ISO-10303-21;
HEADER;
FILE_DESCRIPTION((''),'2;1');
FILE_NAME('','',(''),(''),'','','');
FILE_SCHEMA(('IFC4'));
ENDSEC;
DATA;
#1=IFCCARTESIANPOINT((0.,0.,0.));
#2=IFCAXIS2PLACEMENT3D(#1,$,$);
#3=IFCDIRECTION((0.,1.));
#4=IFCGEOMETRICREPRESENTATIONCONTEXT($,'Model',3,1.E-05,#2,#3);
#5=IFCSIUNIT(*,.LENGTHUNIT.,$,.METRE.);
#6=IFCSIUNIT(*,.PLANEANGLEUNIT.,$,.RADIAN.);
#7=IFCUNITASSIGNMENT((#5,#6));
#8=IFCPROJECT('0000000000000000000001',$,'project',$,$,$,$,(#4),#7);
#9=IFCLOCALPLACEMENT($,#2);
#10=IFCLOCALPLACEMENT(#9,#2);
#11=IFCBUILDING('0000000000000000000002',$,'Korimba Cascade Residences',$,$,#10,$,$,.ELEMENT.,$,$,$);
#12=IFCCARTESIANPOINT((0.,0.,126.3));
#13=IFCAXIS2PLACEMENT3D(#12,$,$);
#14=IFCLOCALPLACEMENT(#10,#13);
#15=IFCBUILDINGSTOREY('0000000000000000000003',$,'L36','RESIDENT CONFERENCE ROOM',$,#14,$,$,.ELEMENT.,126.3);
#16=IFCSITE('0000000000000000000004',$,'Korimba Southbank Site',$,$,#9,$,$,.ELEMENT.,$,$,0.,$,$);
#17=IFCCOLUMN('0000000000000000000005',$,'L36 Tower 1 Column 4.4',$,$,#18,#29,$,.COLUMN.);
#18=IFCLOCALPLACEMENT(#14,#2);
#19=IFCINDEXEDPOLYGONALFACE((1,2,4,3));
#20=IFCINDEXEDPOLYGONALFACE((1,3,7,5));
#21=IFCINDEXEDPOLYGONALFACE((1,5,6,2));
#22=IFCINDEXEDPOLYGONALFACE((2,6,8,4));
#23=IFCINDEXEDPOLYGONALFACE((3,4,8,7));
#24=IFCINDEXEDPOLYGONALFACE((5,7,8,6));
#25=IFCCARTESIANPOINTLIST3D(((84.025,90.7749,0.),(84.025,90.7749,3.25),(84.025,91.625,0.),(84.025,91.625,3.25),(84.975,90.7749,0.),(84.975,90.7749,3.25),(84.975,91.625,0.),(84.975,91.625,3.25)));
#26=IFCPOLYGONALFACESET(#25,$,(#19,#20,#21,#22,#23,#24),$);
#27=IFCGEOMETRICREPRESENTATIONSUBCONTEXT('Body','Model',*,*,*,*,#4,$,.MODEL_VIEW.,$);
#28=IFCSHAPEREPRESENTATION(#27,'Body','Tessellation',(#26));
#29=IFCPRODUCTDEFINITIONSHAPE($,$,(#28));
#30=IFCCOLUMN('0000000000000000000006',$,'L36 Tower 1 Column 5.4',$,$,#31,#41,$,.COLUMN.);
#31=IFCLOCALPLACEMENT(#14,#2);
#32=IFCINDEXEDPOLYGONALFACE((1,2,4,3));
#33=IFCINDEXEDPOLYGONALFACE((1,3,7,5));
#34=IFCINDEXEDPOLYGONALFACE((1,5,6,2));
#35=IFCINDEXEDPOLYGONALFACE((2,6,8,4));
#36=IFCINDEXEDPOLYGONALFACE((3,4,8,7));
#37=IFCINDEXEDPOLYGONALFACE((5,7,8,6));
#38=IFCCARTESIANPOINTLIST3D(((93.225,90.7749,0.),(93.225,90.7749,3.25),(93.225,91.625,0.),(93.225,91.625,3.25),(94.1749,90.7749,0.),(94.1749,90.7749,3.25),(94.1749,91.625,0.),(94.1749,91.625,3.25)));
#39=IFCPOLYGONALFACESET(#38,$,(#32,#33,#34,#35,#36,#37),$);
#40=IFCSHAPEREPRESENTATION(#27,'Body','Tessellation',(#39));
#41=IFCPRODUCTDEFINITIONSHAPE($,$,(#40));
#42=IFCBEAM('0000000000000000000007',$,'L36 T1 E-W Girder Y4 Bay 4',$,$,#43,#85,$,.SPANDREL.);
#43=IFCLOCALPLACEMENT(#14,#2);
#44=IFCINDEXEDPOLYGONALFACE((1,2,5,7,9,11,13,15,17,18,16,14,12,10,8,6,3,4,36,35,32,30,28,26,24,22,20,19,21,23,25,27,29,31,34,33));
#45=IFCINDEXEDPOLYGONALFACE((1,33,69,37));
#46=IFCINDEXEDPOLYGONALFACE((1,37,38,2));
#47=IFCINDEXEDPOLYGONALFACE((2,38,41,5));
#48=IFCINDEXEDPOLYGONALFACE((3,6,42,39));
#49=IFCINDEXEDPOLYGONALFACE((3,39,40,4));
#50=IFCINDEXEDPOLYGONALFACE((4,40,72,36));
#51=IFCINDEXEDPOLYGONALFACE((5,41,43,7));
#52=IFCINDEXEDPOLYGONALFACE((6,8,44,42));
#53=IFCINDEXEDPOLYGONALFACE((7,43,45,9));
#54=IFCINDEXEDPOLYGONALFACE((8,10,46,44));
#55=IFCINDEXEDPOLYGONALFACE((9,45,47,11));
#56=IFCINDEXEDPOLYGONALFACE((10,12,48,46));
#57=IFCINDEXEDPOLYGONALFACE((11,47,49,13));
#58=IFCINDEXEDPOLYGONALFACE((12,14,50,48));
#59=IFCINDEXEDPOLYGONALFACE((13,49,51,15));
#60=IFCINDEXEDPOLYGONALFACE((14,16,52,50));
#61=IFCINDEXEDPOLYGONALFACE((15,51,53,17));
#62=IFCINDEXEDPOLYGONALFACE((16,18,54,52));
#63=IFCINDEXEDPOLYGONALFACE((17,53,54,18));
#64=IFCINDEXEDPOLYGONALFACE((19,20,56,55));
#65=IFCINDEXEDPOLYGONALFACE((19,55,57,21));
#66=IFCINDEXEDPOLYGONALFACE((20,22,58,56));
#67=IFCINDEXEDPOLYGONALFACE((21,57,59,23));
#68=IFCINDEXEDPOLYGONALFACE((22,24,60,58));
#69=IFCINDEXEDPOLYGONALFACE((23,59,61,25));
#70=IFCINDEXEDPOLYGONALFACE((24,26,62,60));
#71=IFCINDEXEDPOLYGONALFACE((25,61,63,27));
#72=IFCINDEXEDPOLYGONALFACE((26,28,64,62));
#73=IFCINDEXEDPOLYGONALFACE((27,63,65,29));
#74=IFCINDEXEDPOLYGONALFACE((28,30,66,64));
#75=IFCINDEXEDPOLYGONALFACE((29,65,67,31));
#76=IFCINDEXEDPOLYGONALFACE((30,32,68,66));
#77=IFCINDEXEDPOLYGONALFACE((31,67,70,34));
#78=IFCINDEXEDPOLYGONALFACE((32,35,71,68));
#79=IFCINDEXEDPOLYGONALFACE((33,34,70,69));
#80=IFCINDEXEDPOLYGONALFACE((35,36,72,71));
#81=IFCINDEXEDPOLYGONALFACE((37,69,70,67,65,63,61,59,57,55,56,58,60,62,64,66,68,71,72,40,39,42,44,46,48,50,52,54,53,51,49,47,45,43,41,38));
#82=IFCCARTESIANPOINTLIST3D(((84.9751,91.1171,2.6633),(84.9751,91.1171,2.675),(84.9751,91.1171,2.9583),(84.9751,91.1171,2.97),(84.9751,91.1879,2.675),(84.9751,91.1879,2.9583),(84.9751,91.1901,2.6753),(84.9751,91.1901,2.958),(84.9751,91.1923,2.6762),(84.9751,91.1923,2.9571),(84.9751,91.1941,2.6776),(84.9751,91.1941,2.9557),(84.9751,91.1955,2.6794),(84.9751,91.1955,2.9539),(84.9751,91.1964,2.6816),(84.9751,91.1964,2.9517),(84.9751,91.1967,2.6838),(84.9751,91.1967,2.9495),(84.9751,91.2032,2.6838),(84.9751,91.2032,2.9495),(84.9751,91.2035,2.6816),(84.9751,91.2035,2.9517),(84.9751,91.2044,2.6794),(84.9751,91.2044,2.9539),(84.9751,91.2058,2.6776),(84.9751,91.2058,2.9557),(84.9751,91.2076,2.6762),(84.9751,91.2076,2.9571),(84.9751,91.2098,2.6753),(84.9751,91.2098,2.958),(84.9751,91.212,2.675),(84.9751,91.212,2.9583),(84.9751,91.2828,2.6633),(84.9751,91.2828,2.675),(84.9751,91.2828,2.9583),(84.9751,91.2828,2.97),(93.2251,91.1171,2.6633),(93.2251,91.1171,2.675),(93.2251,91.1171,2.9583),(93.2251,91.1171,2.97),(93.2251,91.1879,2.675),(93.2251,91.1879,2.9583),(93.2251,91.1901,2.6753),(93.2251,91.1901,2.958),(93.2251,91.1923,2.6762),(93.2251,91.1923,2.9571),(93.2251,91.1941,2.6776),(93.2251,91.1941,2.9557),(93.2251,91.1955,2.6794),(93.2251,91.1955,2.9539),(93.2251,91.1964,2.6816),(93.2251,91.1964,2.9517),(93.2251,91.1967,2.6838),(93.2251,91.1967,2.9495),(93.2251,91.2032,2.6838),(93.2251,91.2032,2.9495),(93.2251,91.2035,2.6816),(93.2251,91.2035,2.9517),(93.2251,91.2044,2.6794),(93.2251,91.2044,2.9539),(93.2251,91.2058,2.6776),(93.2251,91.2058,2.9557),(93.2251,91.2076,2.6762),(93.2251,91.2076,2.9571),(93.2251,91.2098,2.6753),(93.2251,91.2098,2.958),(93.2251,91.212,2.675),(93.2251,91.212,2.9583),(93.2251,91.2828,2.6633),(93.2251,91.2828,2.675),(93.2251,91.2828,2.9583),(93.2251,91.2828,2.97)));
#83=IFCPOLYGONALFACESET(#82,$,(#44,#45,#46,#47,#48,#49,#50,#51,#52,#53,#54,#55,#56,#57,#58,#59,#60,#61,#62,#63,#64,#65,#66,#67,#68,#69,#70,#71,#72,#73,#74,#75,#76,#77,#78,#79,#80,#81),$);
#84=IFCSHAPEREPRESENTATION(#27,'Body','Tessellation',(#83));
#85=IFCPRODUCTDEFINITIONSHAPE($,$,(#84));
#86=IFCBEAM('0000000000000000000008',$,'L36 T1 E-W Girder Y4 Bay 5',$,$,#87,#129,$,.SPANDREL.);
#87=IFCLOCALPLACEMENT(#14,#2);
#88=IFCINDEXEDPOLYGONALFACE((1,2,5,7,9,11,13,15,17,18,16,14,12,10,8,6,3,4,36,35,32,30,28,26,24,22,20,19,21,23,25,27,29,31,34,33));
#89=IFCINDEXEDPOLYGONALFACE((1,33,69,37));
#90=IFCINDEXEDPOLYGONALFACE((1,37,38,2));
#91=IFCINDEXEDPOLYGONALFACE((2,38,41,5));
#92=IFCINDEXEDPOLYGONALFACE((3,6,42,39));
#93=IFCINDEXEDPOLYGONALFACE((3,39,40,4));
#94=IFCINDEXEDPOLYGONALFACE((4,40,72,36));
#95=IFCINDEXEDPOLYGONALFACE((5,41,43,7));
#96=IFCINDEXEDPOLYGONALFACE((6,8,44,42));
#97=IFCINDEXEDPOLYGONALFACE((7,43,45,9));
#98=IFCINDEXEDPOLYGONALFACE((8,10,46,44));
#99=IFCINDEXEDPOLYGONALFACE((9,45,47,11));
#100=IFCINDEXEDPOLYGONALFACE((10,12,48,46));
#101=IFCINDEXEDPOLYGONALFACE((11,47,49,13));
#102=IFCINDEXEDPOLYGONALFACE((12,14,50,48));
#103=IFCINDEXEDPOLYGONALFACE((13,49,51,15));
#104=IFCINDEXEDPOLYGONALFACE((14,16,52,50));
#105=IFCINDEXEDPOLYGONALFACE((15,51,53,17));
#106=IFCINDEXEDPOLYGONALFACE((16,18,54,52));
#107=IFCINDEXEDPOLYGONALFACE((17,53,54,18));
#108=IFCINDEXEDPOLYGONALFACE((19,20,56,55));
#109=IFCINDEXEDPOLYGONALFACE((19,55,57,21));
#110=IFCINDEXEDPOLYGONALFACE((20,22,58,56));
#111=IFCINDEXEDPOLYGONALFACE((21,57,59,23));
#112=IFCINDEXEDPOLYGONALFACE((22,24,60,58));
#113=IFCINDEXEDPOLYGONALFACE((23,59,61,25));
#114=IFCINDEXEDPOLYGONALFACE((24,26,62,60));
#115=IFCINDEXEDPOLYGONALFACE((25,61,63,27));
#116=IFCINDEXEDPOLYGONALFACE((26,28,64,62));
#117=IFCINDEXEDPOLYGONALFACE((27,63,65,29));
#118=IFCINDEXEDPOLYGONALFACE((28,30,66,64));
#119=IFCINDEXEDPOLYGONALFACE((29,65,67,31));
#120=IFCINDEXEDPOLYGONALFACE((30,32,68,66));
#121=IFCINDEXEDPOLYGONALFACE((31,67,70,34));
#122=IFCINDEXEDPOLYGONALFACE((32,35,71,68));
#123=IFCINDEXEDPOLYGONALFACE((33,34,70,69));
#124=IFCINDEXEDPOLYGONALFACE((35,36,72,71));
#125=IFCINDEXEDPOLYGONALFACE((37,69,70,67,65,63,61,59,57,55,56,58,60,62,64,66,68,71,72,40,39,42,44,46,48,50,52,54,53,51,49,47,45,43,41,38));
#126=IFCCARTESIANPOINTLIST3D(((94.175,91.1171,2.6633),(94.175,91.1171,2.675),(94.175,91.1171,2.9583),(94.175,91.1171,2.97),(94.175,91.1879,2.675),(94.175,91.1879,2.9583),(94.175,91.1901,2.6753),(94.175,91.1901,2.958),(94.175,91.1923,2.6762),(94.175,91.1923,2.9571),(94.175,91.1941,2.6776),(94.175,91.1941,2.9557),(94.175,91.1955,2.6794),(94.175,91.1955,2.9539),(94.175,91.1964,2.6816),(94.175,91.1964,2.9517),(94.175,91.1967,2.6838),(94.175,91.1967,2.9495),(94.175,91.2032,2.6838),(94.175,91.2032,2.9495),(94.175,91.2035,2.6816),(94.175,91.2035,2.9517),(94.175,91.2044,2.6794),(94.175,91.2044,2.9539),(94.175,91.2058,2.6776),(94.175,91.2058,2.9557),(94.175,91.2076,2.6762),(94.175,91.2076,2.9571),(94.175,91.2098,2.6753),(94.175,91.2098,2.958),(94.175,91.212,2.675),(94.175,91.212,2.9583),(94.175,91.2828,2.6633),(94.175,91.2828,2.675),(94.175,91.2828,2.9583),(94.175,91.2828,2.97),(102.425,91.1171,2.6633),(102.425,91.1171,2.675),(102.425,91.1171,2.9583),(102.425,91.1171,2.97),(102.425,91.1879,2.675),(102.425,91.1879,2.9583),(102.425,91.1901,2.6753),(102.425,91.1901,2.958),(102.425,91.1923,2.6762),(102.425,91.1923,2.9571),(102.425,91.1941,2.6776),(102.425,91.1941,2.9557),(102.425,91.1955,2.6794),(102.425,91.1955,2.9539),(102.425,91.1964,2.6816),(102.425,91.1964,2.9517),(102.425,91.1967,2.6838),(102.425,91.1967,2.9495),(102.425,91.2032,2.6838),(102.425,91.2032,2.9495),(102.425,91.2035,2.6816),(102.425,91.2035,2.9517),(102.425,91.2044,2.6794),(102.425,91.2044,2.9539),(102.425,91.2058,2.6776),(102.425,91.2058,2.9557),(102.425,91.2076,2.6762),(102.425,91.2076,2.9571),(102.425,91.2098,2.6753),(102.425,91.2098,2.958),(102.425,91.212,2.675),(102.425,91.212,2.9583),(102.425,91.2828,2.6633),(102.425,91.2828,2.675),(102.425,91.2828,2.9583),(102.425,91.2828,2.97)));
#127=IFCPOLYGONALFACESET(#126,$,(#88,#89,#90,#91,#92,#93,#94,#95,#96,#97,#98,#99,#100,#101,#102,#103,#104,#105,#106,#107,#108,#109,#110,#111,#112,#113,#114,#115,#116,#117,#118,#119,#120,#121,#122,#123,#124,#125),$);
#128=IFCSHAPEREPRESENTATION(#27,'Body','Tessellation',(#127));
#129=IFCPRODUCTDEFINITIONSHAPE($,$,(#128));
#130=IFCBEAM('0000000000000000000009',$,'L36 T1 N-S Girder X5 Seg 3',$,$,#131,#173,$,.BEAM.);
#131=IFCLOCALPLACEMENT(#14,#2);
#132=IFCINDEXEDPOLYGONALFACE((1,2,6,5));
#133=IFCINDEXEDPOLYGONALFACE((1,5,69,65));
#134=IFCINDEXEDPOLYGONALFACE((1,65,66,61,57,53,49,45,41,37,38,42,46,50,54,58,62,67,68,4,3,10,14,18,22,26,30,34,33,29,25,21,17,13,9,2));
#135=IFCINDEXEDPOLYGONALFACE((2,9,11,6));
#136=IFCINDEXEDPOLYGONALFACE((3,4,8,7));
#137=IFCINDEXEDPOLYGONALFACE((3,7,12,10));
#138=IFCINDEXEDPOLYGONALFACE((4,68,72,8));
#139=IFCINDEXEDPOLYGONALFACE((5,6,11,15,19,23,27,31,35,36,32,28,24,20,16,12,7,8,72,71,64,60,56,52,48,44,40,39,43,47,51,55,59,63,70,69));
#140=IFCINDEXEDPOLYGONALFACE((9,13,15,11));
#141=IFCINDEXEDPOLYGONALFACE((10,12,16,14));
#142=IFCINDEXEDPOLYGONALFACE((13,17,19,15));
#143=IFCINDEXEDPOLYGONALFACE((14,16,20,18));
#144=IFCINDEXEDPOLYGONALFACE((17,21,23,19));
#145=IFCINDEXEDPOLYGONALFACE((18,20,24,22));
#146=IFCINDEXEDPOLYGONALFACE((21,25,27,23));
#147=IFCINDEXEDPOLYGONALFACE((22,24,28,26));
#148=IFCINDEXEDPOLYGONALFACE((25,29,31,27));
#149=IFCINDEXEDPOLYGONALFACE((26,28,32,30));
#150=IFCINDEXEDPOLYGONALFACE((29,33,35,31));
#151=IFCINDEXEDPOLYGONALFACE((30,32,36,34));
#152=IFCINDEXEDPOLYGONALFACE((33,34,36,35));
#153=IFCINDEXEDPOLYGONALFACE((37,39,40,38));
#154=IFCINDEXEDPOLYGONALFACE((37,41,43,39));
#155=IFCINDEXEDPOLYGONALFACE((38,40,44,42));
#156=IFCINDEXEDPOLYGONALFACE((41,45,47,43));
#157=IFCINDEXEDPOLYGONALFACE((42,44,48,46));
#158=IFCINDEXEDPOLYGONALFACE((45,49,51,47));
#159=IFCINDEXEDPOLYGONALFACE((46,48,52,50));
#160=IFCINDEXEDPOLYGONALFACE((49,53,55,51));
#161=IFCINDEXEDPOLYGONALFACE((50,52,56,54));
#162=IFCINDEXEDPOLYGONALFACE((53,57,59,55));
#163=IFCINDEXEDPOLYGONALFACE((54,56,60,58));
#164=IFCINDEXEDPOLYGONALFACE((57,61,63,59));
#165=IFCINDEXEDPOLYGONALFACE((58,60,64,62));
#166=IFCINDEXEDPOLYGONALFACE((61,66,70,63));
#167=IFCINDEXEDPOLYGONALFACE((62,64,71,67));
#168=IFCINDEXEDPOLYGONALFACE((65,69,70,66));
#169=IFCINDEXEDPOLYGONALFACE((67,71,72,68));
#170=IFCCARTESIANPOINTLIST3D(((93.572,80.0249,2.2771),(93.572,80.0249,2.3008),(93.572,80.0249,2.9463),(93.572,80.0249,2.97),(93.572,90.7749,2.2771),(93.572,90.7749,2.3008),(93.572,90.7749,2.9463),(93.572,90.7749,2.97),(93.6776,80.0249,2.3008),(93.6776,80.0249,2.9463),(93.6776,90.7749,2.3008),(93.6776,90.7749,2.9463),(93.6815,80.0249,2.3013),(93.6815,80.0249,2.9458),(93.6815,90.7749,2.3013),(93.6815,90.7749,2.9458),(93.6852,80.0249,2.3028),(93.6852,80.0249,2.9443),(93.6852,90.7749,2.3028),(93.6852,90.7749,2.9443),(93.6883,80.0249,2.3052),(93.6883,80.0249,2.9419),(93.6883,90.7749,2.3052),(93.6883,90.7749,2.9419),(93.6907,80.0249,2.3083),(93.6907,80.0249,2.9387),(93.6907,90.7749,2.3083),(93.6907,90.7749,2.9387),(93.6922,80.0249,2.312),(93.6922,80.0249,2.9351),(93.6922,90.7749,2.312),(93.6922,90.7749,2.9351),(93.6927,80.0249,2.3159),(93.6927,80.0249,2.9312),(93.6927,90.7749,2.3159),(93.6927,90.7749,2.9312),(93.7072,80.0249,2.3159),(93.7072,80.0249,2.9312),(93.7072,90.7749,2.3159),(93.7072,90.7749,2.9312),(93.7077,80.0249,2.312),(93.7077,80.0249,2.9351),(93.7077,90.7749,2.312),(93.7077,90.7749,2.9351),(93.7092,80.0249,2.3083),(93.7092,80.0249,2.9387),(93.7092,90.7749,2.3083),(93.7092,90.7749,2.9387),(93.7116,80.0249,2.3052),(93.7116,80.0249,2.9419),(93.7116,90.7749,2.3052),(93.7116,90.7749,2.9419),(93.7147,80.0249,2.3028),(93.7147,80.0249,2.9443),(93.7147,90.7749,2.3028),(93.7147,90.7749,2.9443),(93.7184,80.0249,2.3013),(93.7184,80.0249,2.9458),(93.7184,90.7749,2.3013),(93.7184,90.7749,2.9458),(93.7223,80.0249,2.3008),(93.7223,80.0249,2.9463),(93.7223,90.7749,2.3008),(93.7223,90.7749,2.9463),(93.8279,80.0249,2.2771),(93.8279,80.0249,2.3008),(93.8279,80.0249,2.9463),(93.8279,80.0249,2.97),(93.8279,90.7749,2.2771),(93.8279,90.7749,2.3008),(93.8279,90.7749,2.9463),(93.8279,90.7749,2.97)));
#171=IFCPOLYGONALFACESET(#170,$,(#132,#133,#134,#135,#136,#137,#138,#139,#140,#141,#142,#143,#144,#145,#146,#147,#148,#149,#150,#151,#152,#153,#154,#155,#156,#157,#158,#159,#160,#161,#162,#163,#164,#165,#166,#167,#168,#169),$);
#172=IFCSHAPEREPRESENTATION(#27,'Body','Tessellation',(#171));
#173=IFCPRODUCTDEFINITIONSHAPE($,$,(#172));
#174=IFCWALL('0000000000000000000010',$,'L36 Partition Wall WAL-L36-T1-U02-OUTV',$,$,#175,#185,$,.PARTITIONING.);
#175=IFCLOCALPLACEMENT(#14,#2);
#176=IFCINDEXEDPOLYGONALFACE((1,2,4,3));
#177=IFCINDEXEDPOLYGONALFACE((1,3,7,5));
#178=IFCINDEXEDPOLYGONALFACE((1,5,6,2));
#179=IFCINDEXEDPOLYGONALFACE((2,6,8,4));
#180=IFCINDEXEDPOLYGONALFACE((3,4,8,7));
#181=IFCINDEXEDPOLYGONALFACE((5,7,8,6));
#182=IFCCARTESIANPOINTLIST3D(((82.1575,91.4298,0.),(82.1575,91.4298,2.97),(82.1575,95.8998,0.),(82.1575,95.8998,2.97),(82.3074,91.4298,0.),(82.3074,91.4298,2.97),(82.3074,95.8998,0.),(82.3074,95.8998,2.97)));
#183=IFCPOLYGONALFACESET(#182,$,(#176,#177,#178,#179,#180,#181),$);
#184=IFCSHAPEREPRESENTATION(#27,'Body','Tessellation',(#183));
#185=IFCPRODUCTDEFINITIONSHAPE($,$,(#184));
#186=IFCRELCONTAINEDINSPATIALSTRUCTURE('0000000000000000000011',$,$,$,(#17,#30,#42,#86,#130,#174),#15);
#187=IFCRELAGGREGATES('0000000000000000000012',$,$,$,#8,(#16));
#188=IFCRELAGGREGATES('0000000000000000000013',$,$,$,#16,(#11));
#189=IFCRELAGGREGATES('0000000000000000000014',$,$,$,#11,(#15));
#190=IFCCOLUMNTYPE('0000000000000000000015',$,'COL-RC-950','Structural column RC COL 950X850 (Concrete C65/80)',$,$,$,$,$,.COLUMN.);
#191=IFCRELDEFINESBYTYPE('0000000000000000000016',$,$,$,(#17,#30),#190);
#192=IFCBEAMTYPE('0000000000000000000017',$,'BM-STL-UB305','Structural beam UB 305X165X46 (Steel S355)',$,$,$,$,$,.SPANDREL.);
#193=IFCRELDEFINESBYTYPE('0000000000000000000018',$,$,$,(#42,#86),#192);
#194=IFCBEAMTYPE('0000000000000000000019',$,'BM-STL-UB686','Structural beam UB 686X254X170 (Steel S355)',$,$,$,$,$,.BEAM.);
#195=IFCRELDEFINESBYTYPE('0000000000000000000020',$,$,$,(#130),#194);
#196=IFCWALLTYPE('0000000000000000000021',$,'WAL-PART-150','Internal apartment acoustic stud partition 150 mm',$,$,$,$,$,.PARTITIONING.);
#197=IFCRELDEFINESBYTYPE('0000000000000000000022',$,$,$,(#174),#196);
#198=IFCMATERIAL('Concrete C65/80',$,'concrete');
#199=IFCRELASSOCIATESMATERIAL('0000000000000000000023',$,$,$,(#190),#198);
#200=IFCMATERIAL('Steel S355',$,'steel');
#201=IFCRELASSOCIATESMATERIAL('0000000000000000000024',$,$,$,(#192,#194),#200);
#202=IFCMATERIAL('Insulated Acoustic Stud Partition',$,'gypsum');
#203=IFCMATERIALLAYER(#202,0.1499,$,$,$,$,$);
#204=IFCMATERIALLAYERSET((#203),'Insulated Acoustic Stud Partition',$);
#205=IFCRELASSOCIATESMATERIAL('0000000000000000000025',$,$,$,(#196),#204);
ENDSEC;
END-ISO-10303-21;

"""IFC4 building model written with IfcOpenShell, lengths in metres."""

from ifc_helpers import new_model, si_unit, direction, frame, frame_2d, origin, origin_2d, place, context, subcontext, project, spatial, rectangle, i_section, extrude, material, layer, layer_set, material_profile, profile_set, type_object, element, save


model = new_model("IFC4")

# Units and contexts
model_context = context("Model", 3, precision=1e-05, world=origin(), true_north=direction((0.0, 1.0)))
body_context = subcontext(model_context, "Body", "Model", "MODEL_VIEW")
ifc_project = project(units=[si_unit("LENGTHUNIT", "METRE"), si_unit("PLANEANGLEUNIT", "RADIAN")], contexts=[model_context])

# Site, building, storey
site_placement = place(None, origin())
site = spatial("IfcSite", under=ifc_project, at=site_placement, Name="Korimba Southbank Site", CompositionType="ELEMENT", RefElevation=0.0)
building_placement = place(site_placement, origin())
building = spatial("IfcBuilding", under=site, at=building_placement, Name="Korimba Cascade Residences", CompositionType="ELEMENT")
storey_placement = place(building_placement, frame((0.0, 0.0, 126.3)))
storey = spatial("IfcBuildingStorey", under=building, at=storey_placement, Name="L36", Description="RESIDENT CONFERENCE ROOM", CompositionType="ELEMENT", Elevation=126.3)

# Columns
ifc_material_1 = material(Name="Concrete C65/80", Category="concrete")
ifc_material_profile_1 = material_profile(ifc_material_1, rectangle(XDim=0.95, YDim=0.8501, at=origin_2d()), Name="Concrete C65/80")
ifc_profile_set_1 = profile_set([ifc_material_profile_1], Name="Concrete C65/80")
column_type = type_object("IfcColumnType", Name="COL-RC-950", Description="Structural column RC COL 950X850 (Concrete C65/80)", PredefinedType="COLUMN", material=ifc_profile_set_1)
for number, where, z_axis, x_axis, name in (
    (1, (84.5, 91.2, 0.0), (0.0, 0.0, 1.0), (1.0, 0.0, 0.0), "L36 Tower 1 Column 4.4"),
    (2, (93.7, 91.2, 0.0), (0.0, 0.0, 1.0), (1.0, 0.0, 0.0), "L36 Tower 1 Column 5.4"),
):
    element("IfcColumn", number, at=place(storey_placement, frame(where, z_axis=z_axis, x_axis=x_axis)), inside=storey, type_object=column_type, Name=name, PredefinedType="COLUMN", context=body_context, shape_type="SweptSolid", body=[
        extrude(rectangle(XDim=0.95, YDim=0.8501, at=origin_2d()), origin(), (0.0, 0.0, 1.0), 3.25),
    ])

# Beams
ifc_material_2 = material(Name="Steel S355", Category="steel")
ifc_material_profile_2 = material_profile(ifc_material_2, i_section(OverallWidth=0.1658, OverallDepth=0.3066, WebThickness=0.0066, FlangeThickness=0.0117, FilletRadius=0.0088, at=origin_2d()), Name="Steel S355")
ifc_profile_set_2 = profile_set([ifc_material_profile_2], Name="Steel S355")
beam_type_1 = type_object("IfcBeamType", Name="BM-STL-UB305", Description="Structural beam UB 305X165X46 (Steel S355)", PredefinedType="SPANDREL", material=ifc_profile_set_2)
for number, where, z_axis, x_axis, name in (
    (3, (84.9751, 91.2, 2.8167), (1.0, 0.0, 0.0), (0.0, 1.0, 0.0), "L36 T1 E-W Girder Y4 Bay 4"),
    (4, (94.175, 91.2, 2.8167), (1.0, 0.0, 0.0), (0.0, 1.0, 0.0), "L36 T1 E-W Girder Y4 Bay 5"),
):
    element("IfcBeam", number, at=place(storey_placement, frame(where, z_axis=z_axis, x_axis=x_axis)), inside=storey, type_object=beam_type_1, Name=name, PredefinedType="SPANDREL", context=body_context, shape_type="SweptSolid", body=[
        extrude(i_section(OverallWidth=0.1658, OverallDepth=0.3066, WebThickness=0.0066, FlangeThickness=0.0117, FilletRadius=0.0088, at=origin_2d()), origin(), (0.0, 0.0, 1.0), 8.25),
    ])
ifc_material_profile_3 = material_profile(ifc_material_2, i_section(OverallWidth=0.2559, OverallDepth=0.6929, WebThickness=0.0144, FlangeThickness=0.0237, FilletRadius=0.0151, at=origin_2d()), Name="Steel S355")
ifc_profile_set_3 = profile_set([ifc_material_profile_3], Name="Steel S355")
beam_type_2 = type_object("IfcBeamType", Name="BM-STL-UB686", Description="Structural beam UB 686X254X170 (Steel S355)", PredefinedType="BEAM", material=ifc_profile_set_3)
beam_placement = place(storey_placement, frame((93.7, 80.0249, 2.6235), z_axis=(0.0, 1.0, 0.0), x_axis=(-1.0, 0.0, 0.0)))
element("IfcBeam", 5, at=beam_placement, inside=storey, type_object=beam_type_2, Name="L36 T1 N-S Girder X5 Seg 3", PredefinedType="BEAM", context=body_context, shape_type="SweptSolid", body=[
    extrude(i_section(OverallWidth=0.2559, OverallDepth=0.6929, WebThickness=0.0144, FlangeThickness=0.0237, FilletRadius=0.0151, at=origin_2d()), origin(), (0.0, 0.0, 1.0), 10.75),
])

# Wall
ifc_material_3 = material(Name="Insulated Acoustic Stud Partition", Category="gypsum")
ifc_layer = layer(ifc_material_3, 0.1499)
ifc_layer_set = layer_set([ifc_layer], Name="Insulated Acoustic Stud Partition")
wall_type = type_object("IfcWallType", Name="WAL-PART-150", Description="Internal apartment acoustic stud partition 150 mm", PredefinedType="PARTITIONING", material=ifc_layer_set)
wall_1_placement = place(storey_placement, frame((82.2324, 91.4299, 0.0), z_axis=(0.0, 0.0, 1.0), x_axis=(0.0, 1.0, 0.0)))
element("IfcWall", 6, at=wall_1_placement, inside=storey, type_object=wall_type, Name="L36 Partition Wall WAL-L36-T1-U02-OUTV", PredefinedType="PARTITIONING", context=body_context, shape_type="SweptSolid", body=[
    extrude(rectangle(XDim=4.47, YDim=0.1499, at=frame_2d((2.2349, 0.0))), origin(), (0.0, 0.0, 1.0), 2.97),
])

save(model, "model.ifc")
